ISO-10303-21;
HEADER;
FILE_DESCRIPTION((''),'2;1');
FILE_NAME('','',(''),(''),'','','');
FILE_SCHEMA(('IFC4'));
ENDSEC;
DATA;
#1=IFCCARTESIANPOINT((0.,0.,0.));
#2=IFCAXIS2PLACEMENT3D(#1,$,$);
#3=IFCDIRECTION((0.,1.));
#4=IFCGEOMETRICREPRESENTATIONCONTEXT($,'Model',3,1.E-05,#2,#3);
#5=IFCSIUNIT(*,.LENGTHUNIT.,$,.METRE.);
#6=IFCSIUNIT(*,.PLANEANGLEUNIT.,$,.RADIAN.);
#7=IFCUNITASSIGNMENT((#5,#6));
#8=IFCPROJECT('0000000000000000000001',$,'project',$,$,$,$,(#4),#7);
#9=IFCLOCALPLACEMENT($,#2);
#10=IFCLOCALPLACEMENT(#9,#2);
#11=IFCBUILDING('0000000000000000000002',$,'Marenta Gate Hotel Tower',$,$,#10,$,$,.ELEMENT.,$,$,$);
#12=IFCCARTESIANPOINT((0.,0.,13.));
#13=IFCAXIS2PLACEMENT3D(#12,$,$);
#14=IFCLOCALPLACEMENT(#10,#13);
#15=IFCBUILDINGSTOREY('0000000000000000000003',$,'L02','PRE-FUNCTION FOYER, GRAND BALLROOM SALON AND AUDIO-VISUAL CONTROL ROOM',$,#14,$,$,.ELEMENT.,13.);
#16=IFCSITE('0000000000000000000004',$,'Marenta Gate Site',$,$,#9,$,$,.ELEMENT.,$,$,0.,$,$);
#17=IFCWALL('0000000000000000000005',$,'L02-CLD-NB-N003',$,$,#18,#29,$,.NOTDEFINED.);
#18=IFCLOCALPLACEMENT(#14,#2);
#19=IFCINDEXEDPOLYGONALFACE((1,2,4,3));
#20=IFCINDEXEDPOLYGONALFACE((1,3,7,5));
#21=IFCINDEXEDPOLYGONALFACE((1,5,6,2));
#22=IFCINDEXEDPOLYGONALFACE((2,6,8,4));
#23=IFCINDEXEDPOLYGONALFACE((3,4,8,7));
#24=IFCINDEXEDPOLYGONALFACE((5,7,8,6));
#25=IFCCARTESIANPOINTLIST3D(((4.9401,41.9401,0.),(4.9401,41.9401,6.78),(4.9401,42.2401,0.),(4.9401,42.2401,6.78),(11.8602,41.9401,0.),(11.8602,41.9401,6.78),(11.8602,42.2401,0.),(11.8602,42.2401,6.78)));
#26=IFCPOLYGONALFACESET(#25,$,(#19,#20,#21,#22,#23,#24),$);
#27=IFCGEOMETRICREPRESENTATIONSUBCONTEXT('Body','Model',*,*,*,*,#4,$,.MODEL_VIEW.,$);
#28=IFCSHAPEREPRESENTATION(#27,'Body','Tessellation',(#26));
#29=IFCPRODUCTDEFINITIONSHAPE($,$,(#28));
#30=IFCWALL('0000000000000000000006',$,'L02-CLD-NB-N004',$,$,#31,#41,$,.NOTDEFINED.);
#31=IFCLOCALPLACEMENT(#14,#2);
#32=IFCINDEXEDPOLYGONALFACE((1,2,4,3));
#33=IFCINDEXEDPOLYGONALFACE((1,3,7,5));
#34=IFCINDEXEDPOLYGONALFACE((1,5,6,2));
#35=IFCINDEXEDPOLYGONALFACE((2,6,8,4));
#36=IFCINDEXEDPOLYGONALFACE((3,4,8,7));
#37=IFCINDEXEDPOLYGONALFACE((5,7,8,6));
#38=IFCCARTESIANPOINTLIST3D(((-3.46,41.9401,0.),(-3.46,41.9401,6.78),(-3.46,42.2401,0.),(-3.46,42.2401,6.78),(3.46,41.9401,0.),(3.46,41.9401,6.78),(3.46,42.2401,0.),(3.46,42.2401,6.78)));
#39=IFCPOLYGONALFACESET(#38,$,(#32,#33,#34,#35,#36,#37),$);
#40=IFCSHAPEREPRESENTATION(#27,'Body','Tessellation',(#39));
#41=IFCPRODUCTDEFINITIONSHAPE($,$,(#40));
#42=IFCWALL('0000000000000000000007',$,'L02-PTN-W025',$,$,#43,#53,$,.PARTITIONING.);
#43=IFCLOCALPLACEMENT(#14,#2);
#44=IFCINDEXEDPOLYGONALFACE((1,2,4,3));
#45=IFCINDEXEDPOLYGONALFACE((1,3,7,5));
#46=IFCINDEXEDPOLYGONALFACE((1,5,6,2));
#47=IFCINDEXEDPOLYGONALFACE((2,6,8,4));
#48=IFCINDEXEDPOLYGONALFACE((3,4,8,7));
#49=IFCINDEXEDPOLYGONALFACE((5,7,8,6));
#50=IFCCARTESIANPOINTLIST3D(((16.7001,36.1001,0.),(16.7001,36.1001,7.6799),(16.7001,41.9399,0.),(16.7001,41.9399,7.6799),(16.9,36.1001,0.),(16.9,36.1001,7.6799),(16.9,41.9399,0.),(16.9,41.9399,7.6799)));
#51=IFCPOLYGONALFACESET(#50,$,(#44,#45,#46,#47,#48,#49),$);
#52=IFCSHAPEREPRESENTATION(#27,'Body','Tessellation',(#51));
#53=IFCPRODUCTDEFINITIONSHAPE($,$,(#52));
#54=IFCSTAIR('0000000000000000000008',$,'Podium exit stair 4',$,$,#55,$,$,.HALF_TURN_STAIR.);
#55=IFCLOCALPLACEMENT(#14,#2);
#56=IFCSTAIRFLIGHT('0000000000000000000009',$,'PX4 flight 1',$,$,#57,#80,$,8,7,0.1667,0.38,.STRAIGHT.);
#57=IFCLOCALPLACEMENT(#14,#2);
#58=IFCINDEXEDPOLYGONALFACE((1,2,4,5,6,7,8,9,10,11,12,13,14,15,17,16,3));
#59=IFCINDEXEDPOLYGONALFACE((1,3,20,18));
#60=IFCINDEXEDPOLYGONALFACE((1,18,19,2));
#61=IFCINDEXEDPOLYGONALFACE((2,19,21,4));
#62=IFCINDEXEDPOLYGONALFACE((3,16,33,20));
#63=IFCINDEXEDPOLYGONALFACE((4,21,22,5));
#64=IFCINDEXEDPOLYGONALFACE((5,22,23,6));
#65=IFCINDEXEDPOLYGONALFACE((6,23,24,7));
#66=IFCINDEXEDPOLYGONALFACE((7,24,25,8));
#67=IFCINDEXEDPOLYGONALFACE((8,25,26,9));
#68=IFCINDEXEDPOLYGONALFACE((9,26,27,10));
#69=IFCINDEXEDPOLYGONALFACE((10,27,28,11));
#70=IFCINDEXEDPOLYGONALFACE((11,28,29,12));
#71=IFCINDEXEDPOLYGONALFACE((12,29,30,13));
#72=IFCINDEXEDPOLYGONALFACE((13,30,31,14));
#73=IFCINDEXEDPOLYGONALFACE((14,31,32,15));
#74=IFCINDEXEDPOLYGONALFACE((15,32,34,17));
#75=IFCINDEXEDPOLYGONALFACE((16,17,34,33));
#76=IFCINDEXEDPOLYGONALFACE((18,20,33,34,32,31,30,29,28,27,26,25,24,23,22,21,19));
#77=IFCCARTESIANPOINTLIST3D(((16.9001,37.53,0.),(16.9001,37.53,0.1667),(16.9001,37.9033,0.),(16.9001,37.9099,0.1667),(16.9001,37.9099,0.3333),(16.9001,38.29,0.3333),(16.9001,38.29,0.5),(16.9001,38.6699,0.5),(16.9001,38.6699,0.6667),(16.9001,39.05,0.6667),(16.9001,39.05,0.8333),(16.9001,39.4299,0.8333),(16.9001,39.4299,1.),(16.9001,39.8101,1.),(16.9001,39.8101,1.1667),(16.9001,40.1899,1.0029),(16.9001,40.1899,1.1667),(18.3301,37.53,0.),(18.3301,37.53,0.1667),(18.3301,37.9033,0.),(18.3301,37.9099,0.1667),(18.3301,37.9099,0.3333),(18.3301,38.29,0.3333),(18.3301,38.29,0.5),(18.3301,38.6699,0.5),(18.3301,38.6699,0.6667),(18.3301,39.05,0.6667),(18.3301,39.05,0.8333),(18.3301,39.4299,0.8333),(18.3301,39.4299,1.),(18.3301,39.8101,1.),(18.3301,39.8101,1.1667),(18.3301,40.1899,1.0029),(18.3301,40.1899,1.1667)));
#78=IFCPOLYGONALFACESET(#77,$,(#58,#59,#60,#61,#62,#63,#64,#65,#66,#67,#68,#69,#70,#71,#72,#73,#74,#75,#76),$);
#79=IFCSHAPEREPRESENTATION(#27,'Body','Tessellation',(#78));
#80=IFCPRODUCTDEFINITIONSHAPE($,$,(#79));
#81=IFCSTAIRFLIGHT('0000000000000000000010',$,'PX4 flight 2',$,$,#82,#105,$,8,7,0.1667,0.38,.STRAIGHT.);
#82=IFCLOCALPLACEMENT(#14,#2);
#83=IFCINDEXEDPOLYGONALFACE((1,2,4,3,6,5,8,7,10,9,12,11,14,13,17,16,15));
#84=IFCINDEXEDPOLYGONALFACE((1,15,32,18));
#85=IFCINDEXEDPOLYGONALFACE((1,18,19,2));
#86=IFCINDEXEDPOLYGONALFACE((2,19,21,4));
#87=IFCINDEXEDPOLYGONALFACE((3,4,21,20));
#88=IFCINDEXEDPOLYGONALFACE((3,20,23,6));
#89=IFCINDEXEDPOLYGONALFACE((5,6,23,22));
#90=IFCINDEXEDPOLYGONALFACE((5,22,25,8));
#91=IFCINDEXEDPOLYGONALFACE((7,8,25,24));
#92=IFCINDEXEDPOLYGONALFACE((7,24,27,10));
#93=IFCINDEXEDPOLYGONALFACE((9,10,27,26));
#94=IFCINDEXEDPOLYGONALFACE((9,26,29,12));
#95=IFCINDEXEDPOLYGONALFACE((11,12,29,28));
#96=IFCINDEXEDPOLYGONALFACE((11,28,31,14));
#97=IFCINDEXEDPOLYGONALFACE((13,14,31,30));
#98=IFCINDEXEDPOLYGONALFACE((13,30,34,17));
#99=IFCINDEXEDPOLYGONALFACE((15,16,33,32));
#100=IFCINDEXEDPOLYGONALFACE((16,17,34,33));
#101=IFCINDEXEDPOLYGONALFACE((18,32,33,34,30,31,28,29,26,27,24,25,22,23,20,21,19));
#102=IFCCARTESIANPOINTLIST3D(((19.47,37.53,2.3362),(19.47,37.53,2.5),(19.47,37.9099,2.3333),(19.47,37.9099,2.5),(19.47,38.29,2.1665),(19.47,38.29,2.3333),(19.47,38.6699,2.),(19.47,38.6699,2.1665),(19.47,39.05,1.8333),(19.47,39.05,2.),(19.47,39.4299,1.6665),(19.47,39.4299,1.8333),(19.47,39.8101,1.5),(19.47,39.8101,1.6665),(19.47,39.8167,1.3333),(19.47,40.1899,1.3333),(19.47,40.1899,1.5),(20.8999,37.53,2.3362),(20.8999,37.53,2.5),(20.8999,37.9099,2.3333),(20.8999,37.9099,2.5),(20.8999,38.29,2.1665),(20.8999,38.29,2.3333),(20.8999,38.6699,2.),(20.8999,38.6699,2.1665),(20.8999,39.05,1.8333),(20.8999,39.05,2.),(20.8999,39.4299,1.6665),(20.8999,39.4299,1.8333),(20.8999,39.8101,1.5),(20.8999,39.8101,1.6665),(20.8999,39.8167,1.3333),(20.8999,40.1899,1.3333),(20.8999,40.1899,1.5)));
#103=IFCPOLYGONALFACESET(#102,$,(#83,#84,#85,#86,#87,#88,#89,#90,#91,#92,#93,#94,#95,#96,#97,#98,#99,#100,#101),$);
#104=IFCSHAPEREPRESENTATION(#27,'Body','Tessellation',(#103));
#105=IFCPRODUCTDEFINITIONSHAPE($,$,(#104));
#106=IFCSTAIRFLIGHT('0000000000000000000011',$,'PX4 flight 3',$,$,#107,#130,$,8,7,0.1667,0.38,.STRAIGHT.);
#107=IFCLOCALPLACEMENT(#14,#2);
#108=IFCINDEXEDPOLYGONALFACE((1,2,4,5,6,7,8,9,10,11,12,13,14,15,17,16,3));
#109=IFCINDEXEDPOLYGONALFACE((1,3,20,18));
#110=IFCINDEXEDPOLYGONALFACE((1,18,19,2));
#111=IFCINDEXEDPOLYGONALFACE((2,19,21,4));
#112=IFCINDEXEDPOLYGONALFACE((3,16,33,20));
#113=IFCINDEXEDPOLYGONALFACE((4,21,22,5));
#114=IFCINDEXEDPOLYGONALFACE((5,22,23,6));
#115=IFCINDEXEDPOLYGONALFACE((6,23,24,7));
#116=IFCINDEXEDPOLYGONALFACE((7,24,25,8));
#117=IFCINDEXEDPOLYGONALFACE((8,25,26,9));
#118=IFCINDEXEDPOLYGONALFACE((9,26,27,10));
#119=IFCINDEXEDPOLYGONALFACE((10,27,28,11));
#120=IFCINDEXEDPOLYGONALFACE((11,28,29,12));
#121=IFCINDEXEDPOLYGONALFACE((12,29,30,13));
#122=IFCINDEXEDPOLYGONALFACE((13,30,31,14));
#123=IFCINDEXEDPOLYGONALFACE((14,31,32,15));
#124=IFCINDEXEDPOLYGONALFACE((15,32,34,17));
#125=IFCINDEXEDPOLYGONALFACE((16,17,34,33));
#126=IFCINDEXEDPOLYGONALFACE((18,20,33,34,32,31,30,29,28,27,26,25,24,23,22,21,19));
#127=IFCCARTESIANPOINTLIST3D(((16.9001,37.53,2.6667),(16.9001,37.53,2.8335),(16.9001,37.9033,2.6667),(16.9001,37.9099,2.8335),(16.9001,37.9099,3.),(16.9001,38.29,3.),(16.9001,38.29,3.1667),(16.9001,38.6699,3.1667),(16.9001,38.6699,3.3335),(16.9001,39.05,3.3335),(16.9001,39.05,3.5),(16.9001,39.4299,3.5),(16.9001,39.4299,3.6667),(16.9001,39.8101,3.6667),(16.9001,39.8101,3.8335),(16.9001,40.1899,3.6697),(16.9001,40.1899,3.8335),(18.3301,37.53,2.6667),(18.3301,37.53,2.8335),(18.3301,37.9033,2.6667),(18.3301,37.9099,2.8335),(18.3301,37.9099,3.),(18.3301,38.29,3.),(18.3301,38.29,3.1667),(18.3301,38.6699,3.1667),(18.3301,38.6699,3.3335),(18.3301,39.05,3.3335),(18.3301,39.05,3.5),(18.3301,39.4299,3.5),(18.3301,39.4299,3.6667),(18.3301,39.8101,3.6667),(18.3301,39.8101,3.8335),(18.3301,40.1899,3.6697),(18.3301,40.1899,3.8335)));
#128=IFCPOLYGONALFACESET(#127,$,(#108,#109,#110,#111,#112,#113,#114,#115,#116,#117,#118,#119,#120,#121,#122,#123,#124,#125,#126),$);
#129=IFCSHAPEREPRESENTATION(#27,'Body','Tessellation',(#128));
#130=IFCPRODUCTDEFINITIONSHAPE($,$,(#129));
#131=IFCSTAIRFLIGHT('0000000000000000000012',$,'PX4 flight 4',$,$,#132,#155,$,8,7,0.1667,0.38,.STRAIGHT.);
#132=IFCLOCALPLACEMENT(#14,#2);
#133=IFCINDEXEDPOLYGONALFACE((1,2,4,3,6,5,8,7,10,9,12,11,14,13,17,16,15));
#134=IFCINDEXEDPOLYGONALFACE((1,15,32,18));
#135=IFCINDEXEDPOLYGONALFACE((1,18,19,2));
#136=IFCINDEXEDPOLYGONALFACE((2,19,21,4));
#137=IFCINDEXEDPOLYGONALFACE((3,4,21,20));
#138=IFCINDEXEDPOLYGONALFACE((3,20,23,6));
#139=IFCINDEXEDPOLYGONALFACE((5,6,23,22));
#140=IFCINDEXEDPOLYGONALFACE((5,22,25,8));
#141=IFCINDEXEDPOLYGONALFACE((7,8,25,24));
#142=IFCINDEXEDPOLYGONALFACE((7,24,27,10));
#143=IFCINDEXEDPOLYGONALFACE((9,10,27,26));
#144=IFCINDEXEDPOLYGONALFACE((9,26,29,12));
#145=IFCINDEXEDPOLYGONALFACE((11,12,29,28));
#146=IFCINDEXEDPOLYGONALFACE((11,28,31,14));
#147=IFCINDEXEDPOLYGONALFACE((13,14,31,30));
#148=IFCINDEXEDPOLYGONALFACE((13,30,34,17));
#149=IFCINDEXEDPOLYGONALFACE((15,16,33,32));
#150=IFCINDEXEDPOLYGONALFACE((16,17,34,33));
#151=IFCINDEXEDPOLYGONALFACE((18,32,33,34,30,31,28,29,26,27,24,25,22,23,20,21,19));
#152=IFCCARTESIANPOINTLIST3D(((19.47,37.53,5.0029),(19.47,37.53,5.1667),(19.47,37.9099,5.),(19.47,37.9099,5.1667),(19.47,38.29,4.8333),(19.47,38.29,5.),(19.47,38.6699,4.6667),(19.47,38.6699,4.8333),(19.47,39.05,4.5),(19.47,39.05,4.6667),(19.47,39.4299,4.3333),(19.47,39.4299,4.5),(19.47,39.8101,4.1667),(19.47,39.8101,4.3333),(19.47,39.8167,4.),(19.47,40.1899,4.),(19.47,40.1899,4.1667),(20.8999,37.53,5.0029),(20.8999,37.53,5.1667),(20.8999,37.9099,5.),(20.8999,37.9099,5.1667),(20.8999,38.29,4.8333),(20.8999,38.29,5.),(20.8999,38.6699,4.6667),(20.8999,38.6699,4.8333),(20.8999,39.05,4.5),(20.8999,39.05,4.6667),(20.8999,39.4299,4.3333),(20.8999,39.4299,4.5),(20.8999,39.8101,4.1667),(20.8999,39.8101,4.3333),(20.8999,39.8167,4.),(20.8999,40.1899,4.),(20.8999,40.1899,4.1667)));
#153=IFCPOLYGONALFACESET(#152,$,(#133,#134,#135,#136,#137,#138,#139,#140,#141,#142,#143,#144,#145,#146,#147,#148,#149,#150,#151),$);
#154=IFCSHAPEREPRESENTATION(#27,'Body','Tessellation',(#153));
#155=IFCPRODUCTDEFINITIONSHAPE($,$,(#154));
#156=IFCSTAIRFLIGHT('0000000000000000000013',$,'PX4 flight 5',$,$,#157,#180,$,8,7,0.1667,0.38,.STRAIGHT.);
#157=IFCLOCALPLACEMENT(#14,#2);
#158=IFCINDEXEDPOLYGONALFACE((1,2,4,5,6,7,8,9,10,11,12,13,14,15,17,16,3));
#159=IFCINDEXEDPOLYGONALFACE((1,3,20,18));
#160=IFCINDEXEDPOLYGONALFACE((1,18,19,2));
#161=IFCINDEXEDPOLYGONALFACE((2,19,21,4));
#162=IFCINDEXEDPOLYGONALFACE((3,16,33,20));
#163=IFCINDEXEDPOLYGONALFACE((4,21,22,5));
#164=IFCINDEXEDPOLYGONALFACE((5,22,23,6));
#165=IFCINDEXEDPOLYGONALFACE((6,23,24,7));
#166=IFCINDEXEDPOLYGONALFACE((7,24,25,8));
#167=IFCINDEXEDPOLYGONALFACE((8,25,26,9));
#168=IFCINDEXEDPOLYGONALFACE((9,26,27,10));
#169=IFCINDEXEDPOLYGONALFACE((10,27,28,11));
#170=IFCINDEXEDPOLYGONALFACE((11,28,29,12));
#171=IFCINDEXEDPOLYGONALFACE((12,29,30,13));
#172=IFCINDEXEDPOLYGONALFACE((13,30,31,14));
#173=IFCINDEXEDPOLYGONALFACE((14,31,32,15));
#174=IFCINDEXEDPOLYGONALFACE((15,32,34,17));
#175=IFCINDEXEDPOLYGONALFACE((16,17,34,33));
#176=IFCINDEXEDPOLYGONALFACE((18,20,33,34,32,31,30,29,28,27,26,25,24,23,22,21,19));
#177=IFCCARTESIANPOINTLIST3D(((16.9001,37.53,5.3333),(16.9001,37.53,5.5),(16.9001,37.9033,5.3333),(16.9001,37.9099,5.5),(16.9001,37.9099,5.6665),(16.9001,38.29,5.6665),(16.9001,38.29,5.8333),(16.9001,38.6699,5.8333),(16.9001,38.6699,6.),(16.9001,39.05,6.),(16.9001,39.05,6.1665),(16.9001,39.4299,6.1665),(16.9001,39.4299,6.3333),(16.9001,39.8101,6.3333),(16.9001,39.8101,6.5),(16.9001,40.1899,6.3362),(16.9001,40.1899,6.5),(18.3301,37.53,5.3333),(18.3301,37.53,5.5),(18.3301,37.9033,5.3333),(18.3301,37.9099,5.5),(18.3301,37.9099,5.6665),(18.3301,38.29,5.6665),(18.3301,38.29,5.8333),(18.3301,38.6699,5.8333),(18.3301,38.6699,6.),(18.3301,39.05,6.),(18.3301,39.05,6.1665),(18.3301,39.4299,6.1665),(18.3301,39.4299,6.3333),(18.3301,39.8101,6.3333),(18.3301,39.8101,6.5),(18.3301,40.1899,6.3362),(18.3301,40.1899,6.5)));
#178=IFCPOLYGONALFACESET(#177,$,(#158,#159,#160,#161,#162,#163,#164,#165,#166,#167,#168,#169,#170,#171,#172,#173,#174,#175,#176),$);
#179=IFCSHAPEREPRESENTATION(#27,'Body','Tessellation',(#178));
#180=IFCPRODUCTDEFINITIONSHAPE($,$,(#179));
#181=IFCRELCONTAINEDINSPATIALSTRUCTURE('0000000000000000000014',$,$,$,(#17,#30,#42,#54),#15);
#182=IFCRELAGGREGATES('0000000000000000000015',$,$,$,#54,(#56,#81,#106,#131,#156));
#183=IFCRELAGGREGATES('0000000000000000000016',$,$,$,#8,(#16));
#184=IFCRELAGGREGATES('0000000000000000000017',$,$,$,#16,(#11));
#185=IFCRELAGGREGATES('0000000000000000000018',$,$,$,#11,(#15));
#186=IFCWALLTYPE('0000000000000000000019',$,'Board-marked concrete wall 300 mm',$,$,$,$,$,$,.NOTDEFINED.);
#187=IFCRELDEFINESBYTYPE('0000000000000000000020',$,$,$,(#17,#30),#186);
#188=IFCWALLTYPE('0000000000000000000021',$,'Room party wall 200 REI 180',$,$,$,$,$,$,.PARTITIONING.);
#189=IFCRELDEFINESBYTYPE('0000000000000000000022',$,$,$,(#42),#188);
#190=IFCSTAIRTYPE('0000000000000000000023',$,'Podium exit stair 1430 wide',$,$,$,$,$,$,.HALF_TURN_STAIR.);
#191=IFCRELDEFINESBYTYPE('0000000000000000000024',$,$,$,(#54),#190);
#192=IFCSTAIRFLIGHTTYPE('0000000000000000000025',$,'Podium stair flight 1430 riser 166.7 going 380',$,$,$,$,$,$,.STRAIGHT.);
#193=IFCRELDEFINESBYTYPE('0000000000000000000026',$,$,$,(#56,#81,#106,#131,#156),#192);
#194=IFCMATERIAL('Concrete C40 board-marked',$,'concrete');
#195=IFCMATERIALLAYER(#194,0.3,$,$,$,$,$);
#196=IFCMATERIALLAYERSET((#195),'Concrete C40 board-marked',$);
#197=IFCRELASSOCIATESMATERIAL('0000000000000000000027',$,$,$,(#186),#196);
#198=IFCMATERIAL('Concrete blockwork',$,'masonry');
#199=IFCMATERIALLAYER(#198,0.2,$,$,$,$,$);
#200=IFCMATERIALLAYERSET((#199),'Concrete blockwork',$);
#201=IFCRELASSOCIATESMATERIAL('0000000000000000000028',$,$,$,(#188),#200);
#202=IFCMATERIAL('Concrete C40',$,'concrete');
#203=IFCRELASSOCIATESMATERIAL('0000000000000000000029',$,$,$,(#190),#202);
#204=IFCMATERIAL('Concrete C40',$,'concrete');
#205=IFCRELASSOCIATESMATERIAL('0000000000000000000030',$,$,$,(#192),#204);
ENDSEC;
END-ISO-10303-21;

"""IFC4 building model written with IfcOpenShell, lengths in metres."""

from ifc_helpers import new_model, si_unit, direction, frame, frame_2d, origin, place, context, subcontext, project, spatial, polyline, rectangle, outline, extrude, material, layer, layer_set, type_object, element, aggregate, save


model = new_model("IFC4")

# Units and contexts
model_context = context("Model", 3, precision=1e-05, world=origin(), true_north=direction((0.0, 1.0)))
body_context = subcontext(model_context, "Body", "Model", "MODEL_VIEW")
ifc_project = project(units=[si_unit("LENGTHUNIT", "METRE"), si_unit("PLANEANGLEUNIT", "RADIAN")], contexts=[model_context])

# Site, building, storey
site_placement = place(None, origin())
site = spatial("IfcSite", under=ifc_project, at=site_placement, Name="Marenta Gate Site", CompositionType="ELEMENT", RefElevation=0.0)
building_placement = place(site_placement, origin())
building = spatial("IfcBuilding", under=site, at=building_placement, Name="Marenta Gate Hotel Tower", CompositionType="ELEMENT")
storey_placement = place(building_placement, frame((0.0, 0.0, 13.0)))
storey = spatial("IfcBuildingStorey", under=building, at=storey_placement, Name="L02", Description="PRE-FUNCTION FOYER, GRAND BALLROOM SALON AND AUDIO-VISUAL CONTROL ROOM", CompositionType="ELEMENT", Elevation=13.0)

# Walls
ifc_material_1 = material(Name="Concrete C40 board-marked", Category="concrete")
ifc_layer_1 = layer(ifc_material_1, 0.3)
ifc_layer_set_1 = layer_set([ifc_layer_1], Name="Concrete C40 board-marked")
wall_type_1 = type_object("IfcWallType", Name="Board-marked concrete wall 300 mm", PredefinedType="NOTDEFINED", material=ifc_layer_set_1)
wall_1_placement = place(storey_placement, frame((11.8601, 42.0901, 0.0), z_axis=(0.0, 0.0, 1.0), x_axis=(-1.0, 0.0, 0.0)))
element("IfcWall", 1, at=wall_1_placement, inside=storey, type_object=wall_type_1, Name="L02-CLD-NB-N003", PredefinedType="NOTDEFINED", context=body_context, shape_type="SweptSolid", body=[
    extrude(rectangle(XDim=6.9202, YDim=0.3, at=frame_2d((3.46, 0.0))), origin(), (0.0, 0.0, 1.0), 6.78),
])
wall_2_placement = place(storey_placement, frame((3.46, 42.0901, 0.0), z_axis=(0.0, 0.0, 1.0), x_axis=(-1.0, 0.0, 0.0)))
element("IfcWall", 2, at=wall_2_placement, inside=storey, type_object=wall_type_1, Name="L02-CLD-NB-N004", PredefinedType="NOTDEFINED", context=body_context, shape_type="SweptSolid", body=[
    extrude(rectangle(XDim=6.9199, YDim=0.3, at=frame_2d((3.46, 0.0))), origin(), (0.0, 0.0, 1.0), 6.78),
])
ifc_material_2 = material(Name="Concrete blockwork", Category="masonry")
ifc_layer_2 = layer(ifc_material_2, 0.2)
ifc_layer_set_2 = layer_set([ifc_layer_2], Name="Concrete blockwork")
wall_type_2 = type_object("IfcWallType", Name="Room party wall 200 REI 180", PredefinedType="PARTITIONING", material=ifc_layer_set_2)
wall_3_placement = place(storey_placement, frame((16.8, 36.1001, 0.0), z_axis=(0.0, 0.0, 1.0), x_axis=(0.0, 1.0, 0.0)))
element("IfcWall", 3, at=wall_3_placement, inside=storey, type_object=wall_type_2, Name="L02-PTN-W025", PredefinedType="PARTITIONING", context=body_context, shape_type="SweptSolid", body=[
    extrude(rectangle(XDim=5.8398, YDim=0.2, at=frame_2d((2.9199, 0.0))), origin(), (0.0, 0.0, 1.0), 7.6799),
])

# Stair, stair flights
ifc_material_3 = material(Name="Concrete C40", Category="concrete")
stair_type = type_object("IfcStairType", Name="Podium exit stair 1430 wide", PredefinedType="HALF_TURN_STAIR", material=ifc_material_3)
stair_1_placement = place(storey_placement, origin())
stair_1 = element("IfcStair", 4, at=stair_1_placement, inside=storey, type_object=stair_type, Name="Podium exit stair 4", PredefinedType="HALF_TURN_STAIR")
ifc_material_4 = material(Name="Concrete C40", Category="concrete")
stair_flight_type = type_object("IfcStairFlightType", Name="Podium stair flight 1430 riser 166.7 going 380", PredefinedType="STRAIGHT", material=ifc_material_4)
stair_flight_1_placement = place(storey_placement, frame((17.615, 37.53, 0.0), z_axis=(0.0, 0.0, 1.0), x_axis=(0.0, 1.0, 0.0)))
stair_flight_1 = element("IfcStairFlight", 5, at=stair_flight_1_placement, type_object=stair_flight_type, Name="PX4 flight 1", NumberOfRisers=8, NumberOfTreads=7, PredefinedType="STRAIGHT", RiserHeight=0.1667, TreadLength=0.38, context=body_context, shape_type="SweptSolid", body=[
    extrude(outline(polyline([(0.0, 0.0), (0.0, 0.1667), (0.3799, 0.1667), (0.3799, 0.3333), (0.76, 0.3333), (0.76, 0.5), (1.1399, 0.5), (1.1399, 0.6667), (1.52, 0.6667), (1.52, 0.8333), (1.8999, 0.8333), (1.8999, 1.0), (2.28, 1.0), (2.28, 1.1667), (2.6599, 1.1667), (2.6599, 1.3333), (2.6599, 1.0029), (0.3733, 0.0), (0.0, 0.0)])), frame((0.0, 0.7148, 0.0), z_axis=(0.0, -1.0, 0.0), x_axis=(1.0, 0.0, 0.0)), (0.0, 0.0, 1.0), 1.4299),
])
stair_flight_2_placement = place(storey_placement, frame((20.1851, 40.1899, 1.3333), z_axis=(0.0, 0.0, 1.0), x_axis=(0.0, -1.0, 0.0)))
stair_flight_2 = element("IfcStairFlight", 6, at=stair_flight_2_placement, type_object=stair_flight_type, Name="PX4 flight 2", NumberOfRisers=8, NumberOfTreads=7, PredefinedType="STRAIGHT", RiserHeight=0.1667, TreadLength=0.38, context=body_context, shape_type="SweptSolid", body=[
    extrude(outline(polyline([(0.0, 0.0), (0.0, 0.1667), (0.3799, 0.1667), (0.3799, 0.3333), (0.76, 0.3333), (0.76, 0.5), (1.1399, 0.5), (1.1399, 0.6667), (1.52, 0.6667), (1.52, 0.8333), (1.8999, 0.8333), (1.8999, 1.0), (2.28, 1.0), (2.28, 1.1667), (2.6599, 1.1667), (2.6599, 1.3333), (2.6599, 1.0029), (0.3733, 0.0), (0.0, 0.0)])), frame((0.0, 0.7148, 0.0), z_axis=(0.0, -1.0, 0.0), x_axis=(1.0, 0.0, 0.0)), (0.0, 0.0, 1.0), 1.4299),
])
stair_flight_3_placement = place(storey_placement, frame((17.615, 37.53, 2.6667), z_axis=(0.0, 0.0, 1.0), x_axis=(0.0, 1.0, 0.0)))
stair_flight_3 = element("IfcStairFlight", 7, at=stair_flight_3_placement, type_object=stair_flight_type, Name="PX4 flight 3", NumberOfRisers=8, NumberOfTreads=7, PredefinedType="STRAIGHT", RiserHeight=0.1667, TreadLength=0.38, context=body_context, shape_type="SweptSolid", body=[
    extrude(outline(polyline([(0.0, 0.0), (0.0, 0.1667), (0.3799, 0.1667), (0.3799, 0.3333), (0.76, 0.3333), (0.76, 0.5), (1.1399, 0.5), (1.1399, 0.6667), (1.52, 0.6667), (1.52, 0.8333), (1.8999, 0.8333), (1.8999, 1.0), (2.28, 1.0), (2.28, 1.1667), (2.6599, 1.1667), (2.6599, 1.3333), (2.6599, 1.0029), (0.3733, 0.0), (0.0, 0.0)])), frame((0.0, 0.7148, 0.0), z_axis=(0.0, -1.0, 0.0), x_axis=(1.0, 0.0, 0.0)), (0.0, 0.0, 1.0), 1.4299),
])
stair_flight_4_placement = place(storey_placement, frame((20.1851, 40.1899, 4.0), z_axis=(0.0, 0.0, 1.0), x_axis=(0.0, -1.0, 0.0)))
stair_flight_4 = element("IfcStairFlight", 8, at=stair_flight_4_placement, type_object=stair_flight_type, Name="PX4 flight 4", NumberOfRisers=8, NumberOfTreads=7, PredefinedType="STRAIGHT", RiserHeight=0.1667, TreadLength=0.38, context=body_context, shape_type="SweptSolid", body=[
    extrude(outline(polyline([(0.0, 0.0), (0.0, 0.1667), (0.3799, 0.1667), (0.3799, 0.3333), (0.76, 0.3333), (0.76, 0.5), (1.1399, 0.5), (1.1399, 0.6667), (1.52, 0.6667), (1.52, 0.8333), (1.8999, 0.8333), (1.8999, 1.0), (2.28, 1.0), (2.28, 1.1667), (2.6599, 1.1667), (2.6599, 1.3333), (2.6599, 1.0029), (0.3733, 0.0), (0.0, 0.0)])), frame((0.0, 0.7148, 0.0), z_axis=(0.0, -1.0, 0.0), x_axis=(1.0, 0.0, 0.0)), (0.0, 0.0, 1.0), 1.4299),
])
stair_flight_5_placement = place(storey_placement, frame((17.615, 37.53, 5.3333), z_axis=(0.0, 0.0, 1.0), x_axis=(0.0, 1.0, 0.0)))
stair_flight_5 = element("IfcStairFlight", 9, at=stair_flight_5_placement, type_object=stair_flight_type, Name="PX4 flight 5", NumberOfRisers=8, NumberOfTreads=7, PredefinedType="STRAIGHT", RiserHeight=0.1667, TreadLength=0.38, context=body_context, shape_type="SweptSolid", body=[
    extrude(outline(polyline([(0.0, 0.0), (0.0, 0.1667), (0.3799, 0.1667), (0.3799, 0.3333), (0.76, 0.3333), (0.76, 0.5), (1.1399, 0.5), (1.1399, 0.6667), (1.52, 0.6667), (1.52, 0.8333), (1.8999, 0.8333), (1.8999, 1.0), (2.28, 1.0), (2.28, 1.1667), (2.6599, 1.1667), (2.6599, 1.3333), (2.6599, 1.0029), (0.3733, 0.0), (0.0, 0.0)])), frame((0.0, 0.7148, 0.0), z_axis=(0.0, -1.0, 0.0), x_axis=(1.0, 0.0, 0.0)), (0.0, 0.0, 1.0), 1.4299),
])
aggregate(stair_1, [stair_flight_1, stair_flight_2, stair_flight_3, stair_flight_4, stair_flight_5])

save(model, "model.ifc")
